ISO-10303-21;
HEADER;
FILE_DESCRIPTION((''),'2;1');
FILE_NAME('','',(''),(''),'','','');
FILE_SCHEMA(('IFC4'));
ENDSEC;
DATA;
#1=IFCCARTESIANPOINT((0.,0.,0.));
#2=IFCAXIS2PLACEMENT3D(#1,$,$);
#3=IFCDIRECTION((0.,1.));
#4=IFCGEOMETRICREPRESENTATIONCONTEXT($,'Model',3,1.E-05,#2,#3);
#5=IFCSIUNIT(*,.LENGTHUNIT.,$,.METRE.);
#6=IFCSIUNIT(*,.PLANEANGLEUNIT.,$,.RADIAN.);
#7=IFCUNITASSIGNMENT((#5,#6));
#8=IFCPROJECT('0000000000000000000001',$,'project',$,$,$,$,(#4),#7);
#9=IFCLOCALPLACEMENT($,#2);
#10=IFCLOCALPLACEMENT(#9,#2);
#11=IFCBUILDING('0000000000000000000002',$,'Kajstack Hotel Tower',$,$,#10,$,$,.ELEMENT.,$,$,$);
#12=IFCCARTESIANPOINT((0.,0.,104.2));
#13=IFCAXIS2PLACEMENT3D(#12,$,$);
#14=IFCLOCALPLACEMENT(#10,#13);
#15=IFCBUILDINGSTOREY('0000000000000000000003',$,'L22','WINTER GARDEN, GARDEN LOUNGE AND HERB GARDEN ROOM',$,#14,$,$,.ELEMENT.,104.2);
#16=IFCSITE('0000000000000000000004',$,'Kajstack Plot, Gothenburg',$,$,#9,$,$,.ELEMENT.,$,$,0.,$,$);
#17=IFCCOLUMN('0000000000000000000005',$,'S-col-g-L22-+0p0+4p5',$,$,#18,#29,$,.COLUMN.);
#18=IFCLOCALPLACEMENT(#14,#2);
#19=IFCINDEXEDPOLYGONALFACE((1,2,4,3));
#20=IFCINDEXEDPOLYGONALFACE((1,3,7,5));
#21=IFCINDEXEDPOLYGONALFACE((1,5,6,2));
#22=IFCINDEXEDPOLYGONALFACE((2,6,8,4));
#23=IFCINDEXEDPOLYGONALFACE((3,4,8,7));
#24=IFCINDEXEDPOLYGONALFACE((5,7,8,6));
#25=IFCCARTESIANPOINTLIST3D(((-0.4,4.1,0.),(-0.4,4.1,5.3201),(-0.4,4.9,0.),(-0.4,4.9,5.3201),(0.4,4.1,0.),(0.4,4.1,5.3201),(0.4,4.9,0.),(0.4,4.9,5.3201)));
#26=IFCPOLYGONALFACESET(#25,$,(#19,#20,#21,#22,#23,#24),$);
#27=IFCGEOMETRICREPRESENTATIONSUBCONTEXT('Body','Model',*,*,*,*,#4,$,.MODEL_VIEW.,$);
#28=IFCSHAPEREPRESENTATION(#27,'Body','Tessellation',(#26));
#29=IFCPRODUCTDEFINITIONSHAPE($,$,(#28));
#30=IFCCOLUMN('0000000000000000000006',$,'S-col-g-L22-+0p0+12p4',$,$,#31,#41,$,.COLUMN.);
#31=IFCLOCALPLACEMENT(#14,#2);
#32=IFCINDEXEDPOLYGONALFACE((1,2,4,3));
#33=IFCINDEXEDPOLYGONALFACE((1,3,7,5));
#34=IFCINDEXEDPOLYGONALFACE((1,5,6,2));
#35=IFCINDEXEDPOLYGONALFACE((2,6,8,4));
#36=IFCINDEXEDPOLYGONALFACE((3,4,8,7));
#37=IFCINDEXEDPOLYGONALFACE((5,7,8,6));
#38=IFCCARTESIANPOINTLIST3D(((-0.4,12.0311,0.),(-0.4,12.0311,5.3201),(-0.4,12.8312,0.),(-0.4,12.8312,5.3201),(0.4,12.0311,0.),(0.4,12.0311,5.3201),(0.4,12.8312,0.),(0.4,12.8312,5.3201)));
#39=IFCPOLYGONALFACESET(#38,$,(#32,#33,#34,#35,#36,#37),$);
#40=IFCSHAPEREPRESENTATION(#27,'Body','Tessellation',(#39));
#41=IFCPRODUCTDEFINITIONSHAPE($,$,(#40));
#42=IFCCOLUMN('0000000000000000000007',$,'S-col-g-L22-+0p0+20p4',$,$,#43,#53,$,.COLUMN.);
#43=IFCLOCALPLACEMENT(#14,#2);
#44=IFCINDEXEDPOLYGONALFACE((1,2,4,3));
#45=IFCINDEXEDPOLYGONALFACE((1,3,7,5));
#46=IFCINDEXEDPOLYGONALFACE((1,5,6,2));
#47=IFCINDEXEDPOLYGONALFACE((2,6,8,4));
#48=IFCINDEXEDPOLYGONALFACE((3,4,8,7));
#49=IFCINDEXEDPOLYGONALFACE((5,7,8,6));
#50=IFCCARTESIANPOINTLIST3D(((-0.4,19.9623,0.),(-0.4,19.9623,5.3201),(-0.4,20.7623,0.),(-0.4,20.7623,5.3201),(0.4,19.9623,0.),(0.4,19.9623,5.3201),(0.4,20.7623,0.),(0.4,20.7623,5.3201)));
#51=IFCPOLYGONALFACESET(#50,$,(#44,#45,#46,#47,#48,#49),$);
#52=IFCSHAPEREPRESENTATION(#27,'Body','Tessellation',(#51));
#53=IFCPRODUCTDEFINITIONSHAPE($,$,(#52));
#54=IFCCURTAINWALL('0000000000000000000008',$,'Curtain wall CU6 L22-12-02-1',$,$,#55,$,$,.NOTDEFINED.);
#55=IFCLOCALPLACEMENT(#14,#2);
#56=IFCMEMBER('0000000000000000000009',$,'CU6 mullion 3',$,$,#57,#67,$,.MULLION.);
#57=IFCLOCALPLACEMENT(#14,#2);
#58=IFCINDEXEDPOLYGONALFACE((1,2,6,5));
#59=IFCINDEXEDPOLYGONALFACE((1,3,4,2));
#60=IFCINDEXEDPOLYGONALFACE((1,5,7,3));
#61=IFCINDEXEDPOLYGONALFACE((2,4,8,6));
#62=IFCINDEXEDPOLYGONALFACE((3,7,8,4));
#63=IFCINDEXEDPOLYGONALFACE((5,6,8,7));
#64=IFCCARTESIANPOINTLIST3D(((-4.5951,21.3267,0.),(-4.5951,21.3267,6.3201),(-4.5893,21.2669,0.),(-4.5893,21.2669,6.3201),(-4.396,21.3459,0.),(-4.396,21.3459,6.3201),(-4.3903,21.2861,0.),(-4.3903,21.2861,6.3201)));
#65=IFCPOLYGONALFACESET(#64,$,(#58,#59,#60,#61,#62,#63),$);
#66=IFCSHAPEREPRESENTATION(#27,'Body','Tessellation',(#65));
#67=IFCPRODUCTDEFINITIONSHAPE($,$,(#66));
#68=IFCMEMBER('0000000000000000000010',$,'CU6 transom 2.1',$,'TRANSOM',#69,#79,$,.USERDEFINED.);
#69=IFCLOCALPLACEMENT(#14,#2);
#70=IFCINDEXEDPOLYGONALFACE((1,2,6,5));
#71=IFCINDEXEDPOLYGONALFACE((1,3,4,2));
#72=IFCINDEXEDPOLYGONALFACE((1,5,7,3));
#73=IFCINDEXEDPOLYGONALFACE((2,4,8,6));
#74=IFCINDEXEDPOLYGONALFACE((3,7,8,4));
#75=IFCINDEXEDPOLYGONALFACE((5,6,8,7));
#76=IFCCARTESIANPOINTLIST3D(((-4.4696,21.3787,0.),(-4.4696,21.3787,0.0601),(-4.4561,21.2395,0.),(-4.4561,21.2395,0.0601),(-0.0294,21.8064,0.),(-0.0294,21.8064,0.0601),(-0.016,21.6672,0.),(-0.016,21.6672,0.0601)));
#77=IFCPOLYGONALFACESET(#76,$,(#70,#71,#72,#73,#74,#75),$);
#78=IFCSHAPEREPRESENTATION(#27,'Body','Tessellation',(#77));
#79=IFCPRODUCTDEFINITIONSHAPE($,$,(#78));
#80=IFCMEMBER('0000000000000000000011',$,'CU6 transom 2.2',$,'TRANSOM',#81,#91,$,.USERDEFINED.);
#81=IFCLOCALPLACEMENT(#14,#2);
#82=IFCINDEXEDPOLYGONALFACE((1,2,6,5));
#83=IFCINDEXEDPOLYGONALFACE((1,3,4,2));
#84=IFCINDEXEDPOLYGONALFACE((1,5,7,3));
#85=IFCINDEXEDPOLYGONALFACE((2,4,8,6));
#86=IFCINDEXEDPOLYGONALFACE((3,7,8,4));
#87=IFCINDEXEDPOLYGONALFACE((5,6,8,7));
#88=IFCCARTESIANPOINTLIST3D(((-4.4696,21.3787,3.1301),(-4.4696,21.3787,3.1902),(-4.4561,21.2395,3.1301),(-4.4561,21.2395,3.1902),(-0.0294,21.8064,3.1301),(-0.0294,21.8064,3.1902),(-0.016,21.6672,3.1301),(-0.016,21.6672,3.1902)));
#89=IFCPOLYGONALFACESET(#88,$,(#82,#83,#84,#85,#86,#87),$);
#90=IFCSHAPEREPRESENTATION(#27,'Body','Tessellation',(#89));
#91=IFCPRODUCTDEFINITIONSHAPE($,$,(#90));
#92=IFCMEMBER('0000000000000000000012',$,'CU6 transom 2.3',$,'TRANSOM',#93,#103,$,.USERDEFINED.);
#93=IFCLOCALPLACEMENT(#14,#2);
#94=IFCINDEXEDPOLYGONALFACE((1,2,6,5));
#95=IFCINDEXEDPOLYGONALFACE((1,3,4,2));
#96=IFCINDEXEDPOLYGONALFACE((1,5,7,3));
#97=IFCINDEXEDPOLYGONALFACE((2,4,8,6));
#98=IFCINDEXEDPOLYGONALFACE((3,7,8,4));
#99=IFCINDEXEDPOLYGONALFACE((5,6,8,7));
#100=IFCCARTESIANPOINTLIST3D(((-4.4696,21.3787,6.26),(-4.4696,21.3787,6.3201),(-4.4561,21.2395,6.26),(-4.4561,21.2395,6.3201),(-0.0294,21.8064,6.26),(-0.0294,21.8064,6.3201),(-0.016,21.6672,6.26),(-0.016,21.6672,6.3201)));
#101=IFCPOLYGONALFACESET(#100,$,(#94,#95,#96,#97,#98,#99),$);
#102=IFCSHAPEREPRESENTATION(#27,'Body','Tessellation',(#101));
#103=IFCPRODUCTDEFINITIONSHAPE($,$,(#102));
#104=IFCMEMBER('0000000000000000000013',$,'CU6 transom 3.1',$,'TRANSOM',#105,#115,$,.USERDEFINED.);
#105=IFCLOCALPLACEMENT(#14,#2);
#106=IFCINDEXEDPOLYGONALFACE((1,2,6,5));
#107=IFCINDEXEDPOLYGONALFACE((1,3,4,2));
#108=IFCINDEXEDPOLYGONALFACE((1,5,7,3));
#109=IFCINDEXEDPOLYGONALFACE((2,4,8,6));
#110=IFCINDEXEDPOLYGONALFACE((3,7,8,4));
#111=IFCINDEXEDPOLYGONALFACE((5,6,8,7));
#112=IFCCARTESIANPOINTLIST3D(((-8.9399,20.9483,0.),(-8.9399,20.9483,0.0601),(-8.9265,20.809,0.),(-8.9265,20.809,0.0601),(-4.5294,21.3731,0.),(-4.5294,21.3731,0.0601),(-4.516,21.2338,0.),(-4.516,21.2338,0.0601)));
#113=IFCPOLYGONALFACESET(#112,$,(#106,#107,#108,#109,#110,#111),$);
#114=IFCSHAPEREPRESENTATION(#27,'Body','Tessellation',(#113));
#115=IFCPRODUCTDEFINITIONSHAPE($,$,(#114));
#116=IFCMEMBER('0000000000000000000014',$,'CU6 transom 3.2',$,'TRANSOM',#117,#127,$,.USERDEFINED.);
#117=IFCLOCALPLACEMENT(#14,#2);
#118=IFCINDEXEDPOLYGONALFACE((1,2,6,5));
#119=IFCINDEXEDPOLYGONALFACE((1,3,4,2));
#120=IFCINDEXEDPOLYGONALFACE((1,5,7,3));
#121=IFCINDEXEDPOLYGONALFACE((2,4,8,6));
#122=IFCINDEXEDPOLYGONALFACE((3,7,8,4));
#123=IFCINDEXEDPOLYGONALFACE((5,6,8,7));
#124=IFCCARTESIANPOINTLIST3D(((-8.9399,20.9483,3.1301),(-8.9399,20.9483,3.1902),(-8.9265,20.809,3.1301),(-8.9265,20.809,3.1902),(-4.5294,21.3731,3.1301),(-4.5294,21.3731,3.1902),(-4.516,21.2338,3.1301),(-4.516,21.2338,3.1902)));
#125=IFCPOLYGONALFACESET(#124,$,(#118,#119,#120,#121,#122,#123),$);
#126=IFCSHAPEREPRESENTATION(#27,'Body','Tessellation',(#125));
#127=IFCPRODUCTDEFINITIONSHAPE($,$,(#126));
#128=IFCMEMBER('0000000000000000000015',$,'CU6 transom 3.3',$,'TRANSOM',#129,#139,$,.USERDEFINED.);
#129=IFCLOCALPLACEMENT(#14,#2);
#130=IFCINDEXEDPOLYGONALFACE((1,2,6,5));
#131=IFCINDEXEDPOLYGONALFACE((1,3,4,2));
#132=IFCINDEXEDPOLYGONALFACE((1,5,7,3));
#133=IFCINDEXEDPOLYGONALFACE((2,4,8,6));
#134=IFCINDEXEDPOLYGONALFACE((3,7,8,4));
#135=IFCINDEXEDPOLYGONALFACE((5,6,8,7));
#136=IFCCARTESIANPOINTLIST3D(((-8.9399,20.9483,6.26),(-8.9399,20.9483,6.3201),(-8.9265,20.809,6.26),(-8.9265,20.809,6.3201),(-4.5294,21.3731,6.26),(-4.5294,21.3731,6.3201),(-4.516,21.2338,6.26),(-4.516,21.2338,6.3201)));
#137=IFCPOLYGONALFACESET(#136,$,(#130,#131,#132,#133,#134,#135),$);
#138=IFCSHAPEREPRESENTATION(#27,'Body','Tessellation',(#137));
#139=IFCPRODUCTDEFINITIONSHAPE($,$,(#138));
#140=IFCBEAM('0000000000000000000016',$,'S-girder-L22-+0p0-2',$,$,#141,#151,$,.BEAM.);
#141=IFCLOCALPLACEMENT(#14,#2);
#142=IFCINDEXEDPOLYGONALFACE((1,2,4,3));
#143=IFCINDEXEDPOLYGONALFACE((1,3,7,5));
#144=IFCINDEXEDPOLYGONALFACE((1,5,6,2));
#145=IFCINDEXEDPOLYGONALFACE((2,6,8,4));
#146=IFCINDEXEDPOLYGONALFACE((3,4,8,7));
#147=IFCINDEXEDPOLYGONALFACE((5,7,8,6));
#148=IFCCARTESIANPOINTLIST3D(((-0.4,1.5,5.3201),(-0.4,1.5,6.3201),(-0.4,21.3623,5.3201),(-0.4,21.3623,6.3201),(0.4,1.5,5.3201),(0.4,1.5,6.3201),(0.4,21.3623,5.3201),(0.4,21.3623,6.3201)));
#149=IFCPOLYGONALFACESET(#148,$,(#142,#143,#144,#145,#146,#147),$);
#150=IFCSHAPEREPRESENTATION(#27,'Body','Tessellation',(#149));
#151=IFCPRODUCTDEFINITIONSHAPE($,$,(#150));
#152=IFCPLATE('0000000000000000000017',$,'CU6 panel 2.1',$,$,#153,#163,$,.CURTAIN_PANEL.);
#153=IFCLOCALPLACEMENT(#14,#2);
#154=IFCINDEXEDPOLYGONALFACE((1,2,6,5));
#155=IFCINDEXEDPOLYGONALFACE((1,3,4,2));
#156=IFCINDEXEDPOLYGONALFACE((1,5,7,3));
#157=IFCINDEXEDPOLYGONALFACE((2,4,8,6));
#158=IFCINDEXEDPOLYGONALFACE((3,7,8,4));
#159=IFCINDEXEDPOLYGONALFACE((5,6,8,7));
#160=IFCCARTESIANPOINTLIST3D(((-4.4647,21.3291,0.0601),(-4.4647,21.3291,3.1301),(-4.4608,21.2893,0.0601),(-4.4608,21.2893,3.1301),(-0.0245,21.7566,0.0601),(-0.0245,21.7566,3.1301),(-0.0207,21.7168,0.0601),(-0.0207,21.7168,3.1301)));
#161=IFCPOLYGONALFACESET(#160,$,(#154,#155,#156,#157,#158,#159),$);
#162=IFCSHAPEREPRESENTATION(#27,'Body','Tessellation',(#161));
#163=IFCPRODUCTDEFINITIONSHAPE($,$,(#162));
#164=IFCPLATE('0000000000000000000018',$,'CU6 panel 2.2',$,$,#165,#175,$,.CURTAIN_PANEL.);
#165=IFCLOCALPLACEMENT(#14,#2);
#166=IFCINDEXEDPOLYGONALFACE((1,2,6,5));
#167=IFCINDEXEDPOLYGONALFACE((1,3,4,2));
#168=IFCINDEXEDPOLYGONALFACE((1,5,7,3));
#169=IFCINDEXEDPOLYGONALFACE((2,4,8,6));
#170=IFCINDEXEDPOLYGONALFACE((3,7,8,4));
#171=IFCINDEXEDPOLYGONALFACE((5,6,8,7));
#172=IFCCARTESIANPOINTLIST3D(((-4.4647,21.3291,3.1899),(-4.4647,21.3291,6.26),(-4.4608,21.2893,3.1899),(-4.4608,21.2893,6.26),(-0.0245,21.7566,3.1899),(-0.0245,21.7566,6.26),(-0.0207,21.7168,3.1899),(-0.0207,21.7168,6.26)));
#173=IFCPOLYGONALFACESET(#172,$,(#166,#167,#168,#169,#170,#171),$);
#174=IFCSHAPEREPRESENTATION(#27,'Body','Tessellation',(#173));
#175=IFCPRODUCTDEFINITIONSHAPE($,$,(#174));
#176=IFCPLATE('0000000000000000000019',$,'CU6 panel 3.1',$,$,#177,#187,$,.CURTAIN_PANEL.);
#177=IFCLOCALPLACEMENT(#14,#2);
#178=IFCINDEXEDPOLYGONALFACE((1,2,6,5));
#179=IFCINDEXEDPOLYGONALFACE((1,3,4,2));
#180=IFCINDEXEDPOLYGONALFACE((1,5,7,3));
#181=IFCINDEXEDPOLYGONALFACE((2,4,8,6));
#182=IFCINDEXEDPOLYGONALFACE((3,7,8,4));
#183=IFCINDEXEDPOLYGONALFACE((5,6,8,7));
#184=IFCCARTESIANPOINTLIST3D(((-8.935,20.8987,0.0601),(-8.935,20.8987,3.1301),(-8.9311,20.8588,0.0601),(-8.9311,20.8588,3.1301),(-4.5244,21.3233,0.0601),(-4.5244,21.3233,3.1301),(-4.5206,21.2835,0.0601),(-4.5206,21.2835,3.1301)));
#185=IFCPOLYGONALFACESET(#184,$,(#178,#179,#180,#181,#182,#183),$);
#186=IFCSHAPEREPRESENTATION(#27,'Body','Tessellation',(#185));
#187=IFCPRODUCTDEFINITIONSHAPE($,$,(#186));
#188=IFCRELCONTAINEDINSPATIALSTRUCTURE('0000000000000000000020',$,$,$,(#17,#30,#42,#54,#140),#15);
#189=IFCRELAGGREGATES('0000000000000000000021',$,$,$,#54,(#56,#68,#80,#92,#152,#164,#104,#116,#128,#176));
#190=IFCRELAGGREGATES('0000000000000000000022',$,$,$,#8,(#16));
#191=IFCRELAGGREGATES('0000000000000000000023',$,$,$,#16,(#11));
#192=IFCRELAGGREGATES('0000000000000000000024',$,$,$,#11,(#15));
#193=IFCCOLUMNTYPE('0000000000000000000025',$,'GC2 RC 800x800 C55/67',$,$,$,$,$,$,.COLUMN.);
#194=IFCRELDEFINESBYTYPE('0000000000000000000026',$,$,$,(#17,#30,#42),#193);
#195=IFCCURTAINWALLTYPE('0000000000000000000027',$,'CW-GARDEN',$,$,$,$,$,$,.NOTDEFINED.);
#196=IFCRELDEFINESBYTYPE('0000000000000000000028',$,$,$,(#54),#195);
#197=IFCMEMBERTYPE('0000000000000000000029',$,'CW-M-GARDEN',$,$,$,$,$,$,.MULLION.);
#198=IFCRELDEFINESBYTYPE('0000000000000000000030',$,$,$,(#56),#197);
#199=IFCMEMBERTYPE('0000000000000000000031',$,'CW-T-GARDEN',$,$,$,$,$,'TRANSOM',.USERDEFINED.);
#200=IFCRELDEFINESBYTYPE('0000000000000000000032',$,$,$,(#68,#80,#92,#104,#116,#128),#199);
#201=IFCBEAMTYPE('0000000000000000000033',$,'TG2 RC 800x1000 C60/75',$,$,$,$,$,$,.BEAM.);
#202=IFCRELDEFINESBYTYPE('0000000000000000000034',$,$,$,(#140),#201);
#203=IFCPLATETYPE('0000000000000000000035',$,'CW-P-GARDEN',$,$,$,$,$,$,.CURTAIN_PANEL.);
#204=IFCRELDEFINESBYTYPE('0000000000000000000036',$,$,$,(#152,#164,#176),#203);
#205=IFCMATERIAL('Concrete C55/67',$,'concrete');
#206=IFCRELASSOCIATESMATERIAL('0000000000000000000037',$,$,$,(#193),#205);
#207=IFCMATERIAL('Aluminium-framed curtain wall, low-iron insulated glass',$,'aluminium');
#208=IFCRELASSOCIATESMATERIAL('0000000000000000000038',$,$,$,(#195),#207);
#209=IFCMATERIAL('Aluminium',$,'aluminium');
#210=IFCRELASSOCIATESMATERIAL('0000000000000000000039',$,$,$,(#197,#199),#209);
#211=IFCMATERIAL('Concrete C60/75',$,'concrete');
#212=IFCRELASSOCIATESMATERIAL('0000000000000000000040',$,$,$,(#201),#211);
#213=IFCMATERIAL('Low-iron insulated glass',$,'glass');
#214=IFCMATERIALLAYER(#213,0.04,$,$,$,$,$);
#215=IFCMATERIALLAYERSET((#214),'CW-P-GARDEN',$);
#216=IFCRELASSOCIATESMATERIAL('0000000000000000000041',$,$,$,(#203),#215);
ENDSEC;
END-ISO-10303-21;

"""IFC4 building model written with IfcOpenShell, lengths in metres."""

from ifc_helpers import new_model, si_unit, direction, frame, origin, origin_2d, place, context, subcontext, project, spatial, rectangle, extrude, material, layer, layer_set, material_profile, profile_set, type_object, element, aggregate, save


model = new_model("IFC4")

# Units and contexts
model_context = context("Model", 3, precision=1e-05, world=origin(), true_north=direction((0.0, 1.0)))
body_context = subcontext(model_context, "Body", "Model", "MODEL_VIEW")
ifc_project = project(units=[si_unit("LENGTHUNIT", "METRE"), si_unit("PLANEANGLEUNIT", "RADIAN")], contexts=[model_context])

# Site, building, storey
site_placement = place(None, origin())
site = spatial("IfcSite", under=ifc_project, at=site_placement, Name="Kajstack Plot, Gothenburg", CompositionType="ELEMENT", RefElevation=0.0)
building_placement = place(site_placement, origin())
building = spatial("IfcBuilding", under=site, at=building_placement, Name="Kajstack Hotel Tower", CompositionType="ELEMENT")
storey_placement = place(building_placement, frame((0.0, 0.0, 104.2)))
storey = spatial("IfcBuildingStorey", under=building, at=storey_placement, Name="L22", Description="WINTER GARDEN, GARDEN LOUNGE AND HERB GARDEN ROOM", CompositionType="ELEMENT", Elevation=104.2)

# Columns
ifc_material_1 = material(Name="Concrete C55/67", Category="concrete")
ifc_material_profile_1 = material_profile(ifc_material_1, rectangle(XDim=0.8, YDim=0.8, at=origin_2d()), Name="RC 800x800")
ifc_profile_set_1 = profile_set([ifc_material_profile_1], Name="Concrete C55/67")
column_type = type_object("IfcColumnType", Name="GC2 RC 800x800 C55/67", PredefinedType="COLUMN", material=ifc_profile_set_1)
for number, where, z_axis, x_axis, name in (
    (1, (0.0, 4.5, 0.0), (0.0, 0.0, 1.0), (1.0, 0.0, 0.0), "S-col-g-L22-+0p0+4p5"),
    (2, (0.0, 12.4312, 0.0), (0.0, 0.0, 1.0), (1.0, 0.0, 0.0), "S-col-g-L22-+0p0+12p4"),
    (3, (0.0, 20.3623, 0.0), (0.0, 0.0, 1.0), (1.0, 0.0, 0.0), "S-col-g-L22-+0p0+20p4"),
):
    element("IfcColumn", number, at=place(storey_placement, frame(where, z_axis=z_axis, x_axis=x_axis)), inside=storey, type_object=column_type, Name=name, PredefinedType="COLUMN", context=body_context, shape_type="SweptSolid", body=[
        extrude(rectangle(XDim=0.8, YDim=0.8, at=origin_2d()), origin(), (0.0, 0.0, 1.0), 5.3201),
    ])

# Curtain wall, members
ifc_material_2 = material(Name="Aluminium-framed curtain wall, low-iron insulated glass", Category="aluminium")
curtain_wall_type = type_object("IfcCurtainWallType", Name="CW-GARDEN", PredefinedType="NOTDEFINED", material=ifc_material_2)
curtain_wall_placement = place(storey_placement, origin())
curtain_wall = element("IfcCurtainWall", 4, at=curtain_wall_placement, inside=storey, type_object=curtain_wall_type, Name="Curtain wall CU6 L22-12-02-1", PredefinedType="NOTDEFINED")
ifc_material_3 = material(Name="Aluminium", Category="aluminium")
ifc_material_profile_2 = material_profile(ifc_material_3, rectangle(XDim=0.0601, YDim=0.2, at=origin_2d()), Name="Aluminium mullion 60 x 200")
ifc_profile_set_2 = profile_set([ifc_material_profile_2], Name="Aluminium")
member_type_1 = type_object("IfcMemberType", Name="CW-M-GARDEN", PredefinedType="MULLION", material=ifc_profile_set_2)
member_1_placement = place(storey_placement, frame((-4.4927, 21.3064, 0.0), z_axis=(0.0, 0.0, 1.0), x_axis=(0.095846, -0.995396, 0.0)))
member_1 = element("IfcMember", 5, at=member_1_placement, type_object=member_type_1, Name="CU6 mullion 3", PredefinedType="MULLION", context=body_context, shape_type="SweptSolid", body=[
    extrude(rectangle(XDim=0.0601, YDim=0.2, at=origin_2d()), origin(), (0.0, 0.0, 1.0), 6.3201),
])
ifc_material_profile_3 = material_profile(ifc_material_3, rectangle(XDim=0.1399, YDim=0.0601, at=origin_2d()), Name="Aluminium transom 140 x 60")
ifc_profile_set_3 = profile_set([ifc_material_profile_3], Name="Aluminium")
member_type_2 = type_object("IfcMemberType", Name="CW-T-GARDEN", ElementType="TRANSOM", PredefinedType="USERDEFINED", material=ifc_profile_set_3)
member_2_placement = place(storey_placement, frame((-0.0227, 21.7368, 0.03), z_axis=(-0.995392, -0.095889, 0.0), x_axis=(0.095889, -0.995392, 0.0)))
member_2 = element("IfcMember", 6, at=member_2_placement, type_object=member_type_2, Name="CU6 transom 2.1", ObjectType="TRANSOM", PredefinedType="USERDEFINED", context=body_context, shape_type="SweptSolid", body=[
    extrude(rectangle(XDim=0.1399, YDim=0.0601, at=origin_2d()), origin(), (0.0, 0.0, 1.0), 4.4607),
])
member_3_placement = place(storey_placement, frame((-0.0227, 21.7368, 3.1602), z_axis=(-0.995392, -0.095889, 0.0), x_axis=(0.095889, -0.995392, 0.0)))
member_3 = element("IfcMember", 7, at=member_3_placement, type_object=member_type_2, Name="CU6 transom 2.2", ObjectType="TRANSOM", PredefinedType="USERDEFINED", context=body_context, shape_type="SweptSolid", body=[
    extrude(rectangle(XDim=0.1399, YDim=0.0601, at=origin_2d()), origin(), (0.0, 0.0, 1.0), 4.4607),
])
member_4_placement = place(storey_placement, frame((-0.0227, 21.7368, 6.29), z_axis=(-0.995392, -0.095889, 0.0), x_axis=(0.095889, -0.995392, 0.0)))
member_4 = element("IfcMember", 8, at=member_4_placement, type_object=member_type_2, Name="CU6 transom 2.3", ObjectType="TRANSOM", PredefinedType="USERDEFINED", context=body_context, shape_type="SweptSolid", body=[
    extrude(rectangle(XDim=0.1399, YDim=0.0601, at=origin_2d()), origin(), (0.0, 0.0, 1.0), 4.4607),
])
member_5_placement = place(storey_placement, frame((-4.5227, 21.3035, 0.03), z_axis=(-0.995393, -0.095875, 0.0), x_axis=(0.095875, -0.995393, 0.0)))
member_5 = element("IfcMember", 9, at=member_5_placement, type_object=member_type_2, Name="CU6 transom 3.1", ObjectType="TRANSOM", PredefinedType="USERDEFINED", context=body_context, shape_type="SweptSolid", body=[
    extrude(rectangle(XDim=0.1399, YDim=0.0601, at=origin_2d()), origin(), (0.0, 0.0, 1.0), 4.4309),
])
member_6_placement = place(storey_placement, frame((-4.5227, 21.3035, 3.1602), z_axis=(-0.995393, -0.095875, 0.0), x_axis=(0.095875, -0.995393, 0.0)))
member_6 = element("IfcMember", 10, at=member_6_placement, type_object=member_type_2, Name="CU6 transom 3.2", ObjectType="TRANSOM", PredefinedType="USERDEFINED", context=body_context, shape_type="SweptSolid", body=[
    extrude(rectangle(XDim=0.1399, YDim=0.0601, at=origin_2d()), origin(), (0.0, 0.0, 1.0), 4.4309),
])
member_7_placement = place(storey_placement, frame((-4.5227, 21.3035, 6.29), z_axis=(-0.995393, -0.095875, 0.0), x_axis=(0.095875, -0.995393, 0.0)))
member_7 = element("IfcMember", 11, at=member_7_placement, type_object=member_type_2, Name="CU6 transom 3.3", ObjectType="TRANSOM", PredefinedType="USERDEFINED", context=body_context, shape_type="SweptSolid", body=[
    extrude(rectangle(XDim=0.1399, YDim=0.0601, at=origin_2d()), origin(), (0.0, 0.0, 1.0), 4.4309),
])

# Beam
ifc_material_4 = material(Name="Concrete C60/75", Category="concrete")
ifc_material_profile_4 = material_profile(ifc_material_4, rectangle(XDim=0.8, YDim=1.0, at=origin_2d()), Name="RC 800x1000")
ifc_profile_set_4 = profile_set([ifc_material_profile_4], Name="Concrete C60/75")
beam_type = type_object("IfcBeamType", Name="TG2 RC 800x1000 C60/75", PredefinedType="BEAM", material=ifc_profile_set_4)
beam_placement = place(storey_placement, frame((0.0, 1.5, 5.8201), z_axis=(0.0, 1.0, 0.0), x_axis=(-1.0, 0.0, 0.0)))
element("IfcBeam", 12, at=beam_placement, inside=storey, type_object=beam_type, Name="S-girder-L22-+0p0-2", PredefinedType="BEAM", context=body_context, shape_type="SweptSolid", body=[
    extrude(rectangle(XDim=0.8, YDim=1.0, at=origin_2d()), origin(), (0.0, 0.0, 1.0), 19.8623),
])

# Plates
ifc_material_5 = material(Name="Low-iron insulated glass", Category="glass")
ifc_layer_1 = layer(ifc_material_5, 0.04)
ifc_layer_set_1 = layer_set([ifc_layer_1], Name="CW-P-GARDEN")
plate_type = type_object("IfcPlateType", Name="CW-P-GARDEN", PredefinedType="CURTAIN_PANEL", material=ifc_layer_set_1)
plate_1_placement = place(storey_placement, frame((-2.2427, 21.5229, 0.0601), z_axis=(0.0, 0.0, 1.0), x_axis=(-0.995396, -0.095846, 0.0)))
plate_1 = element("IfcPlate", 13, at=plate_1_placement, type_object=plate_type, Name="CU6 panel 2.1", PredefinedType="CURTAIN_PANEL", context=body_context, shape_type="SweptSolid", body=[
    extrude(rectangle(XDim=4.4607, YDim=0.04, at=origin_2d()), origin(), (0.0, 0.0, 1.0), 3.0701),
])
plate_2_placement = place(storey_placement, frame((-2.2427, 21.5229, 3.1899), z_axis=(0.0, 0.0, 1.0), x_axis=(-0.995396, -0.095846, 0.0)))
plate_2 = element("IfcPlate", 14, at=plate_2_placement, type_object=plate_type, Name="CU6 panel 2.2", PredefinedType="CURTAIN_PANEL", context=body_context, shape_type="SweptSolid", body=[
    extrude(rectangle(XDim=4.4607, YDim=0.04, at=origin_2d()), origin(), (0.0, 0.0, 1.0), 3.0701),
])
plate_3_placement = place(storey_placement, frame((-6.7278, 21.0911, 0.0601), z_axis=(0.0, 0.0, 1.0), x_axis=(-0.995396, -0.095846, 0.0)))
plate_3 = element("IfcPlate", 15, at=plate_3_placement, type_object=plate_type, Name="CU6 panel 3.1", PredefinedType="CURTAIN_PANEL", context=body_context, shape_type="SweptSolid", body=[
    extrude(rectangle(XDim=4.4309, YDim=0.04, at=origin_2d()), origin(), (0.0, 0.0, 1.0), 3.0701),
])
aggregate(curtain_wall, [member_1, member_2, member_3, member_4, plate_1, plate_2, member_5, member_6, member_7, plate_3])

save(model, "model.ifc")
